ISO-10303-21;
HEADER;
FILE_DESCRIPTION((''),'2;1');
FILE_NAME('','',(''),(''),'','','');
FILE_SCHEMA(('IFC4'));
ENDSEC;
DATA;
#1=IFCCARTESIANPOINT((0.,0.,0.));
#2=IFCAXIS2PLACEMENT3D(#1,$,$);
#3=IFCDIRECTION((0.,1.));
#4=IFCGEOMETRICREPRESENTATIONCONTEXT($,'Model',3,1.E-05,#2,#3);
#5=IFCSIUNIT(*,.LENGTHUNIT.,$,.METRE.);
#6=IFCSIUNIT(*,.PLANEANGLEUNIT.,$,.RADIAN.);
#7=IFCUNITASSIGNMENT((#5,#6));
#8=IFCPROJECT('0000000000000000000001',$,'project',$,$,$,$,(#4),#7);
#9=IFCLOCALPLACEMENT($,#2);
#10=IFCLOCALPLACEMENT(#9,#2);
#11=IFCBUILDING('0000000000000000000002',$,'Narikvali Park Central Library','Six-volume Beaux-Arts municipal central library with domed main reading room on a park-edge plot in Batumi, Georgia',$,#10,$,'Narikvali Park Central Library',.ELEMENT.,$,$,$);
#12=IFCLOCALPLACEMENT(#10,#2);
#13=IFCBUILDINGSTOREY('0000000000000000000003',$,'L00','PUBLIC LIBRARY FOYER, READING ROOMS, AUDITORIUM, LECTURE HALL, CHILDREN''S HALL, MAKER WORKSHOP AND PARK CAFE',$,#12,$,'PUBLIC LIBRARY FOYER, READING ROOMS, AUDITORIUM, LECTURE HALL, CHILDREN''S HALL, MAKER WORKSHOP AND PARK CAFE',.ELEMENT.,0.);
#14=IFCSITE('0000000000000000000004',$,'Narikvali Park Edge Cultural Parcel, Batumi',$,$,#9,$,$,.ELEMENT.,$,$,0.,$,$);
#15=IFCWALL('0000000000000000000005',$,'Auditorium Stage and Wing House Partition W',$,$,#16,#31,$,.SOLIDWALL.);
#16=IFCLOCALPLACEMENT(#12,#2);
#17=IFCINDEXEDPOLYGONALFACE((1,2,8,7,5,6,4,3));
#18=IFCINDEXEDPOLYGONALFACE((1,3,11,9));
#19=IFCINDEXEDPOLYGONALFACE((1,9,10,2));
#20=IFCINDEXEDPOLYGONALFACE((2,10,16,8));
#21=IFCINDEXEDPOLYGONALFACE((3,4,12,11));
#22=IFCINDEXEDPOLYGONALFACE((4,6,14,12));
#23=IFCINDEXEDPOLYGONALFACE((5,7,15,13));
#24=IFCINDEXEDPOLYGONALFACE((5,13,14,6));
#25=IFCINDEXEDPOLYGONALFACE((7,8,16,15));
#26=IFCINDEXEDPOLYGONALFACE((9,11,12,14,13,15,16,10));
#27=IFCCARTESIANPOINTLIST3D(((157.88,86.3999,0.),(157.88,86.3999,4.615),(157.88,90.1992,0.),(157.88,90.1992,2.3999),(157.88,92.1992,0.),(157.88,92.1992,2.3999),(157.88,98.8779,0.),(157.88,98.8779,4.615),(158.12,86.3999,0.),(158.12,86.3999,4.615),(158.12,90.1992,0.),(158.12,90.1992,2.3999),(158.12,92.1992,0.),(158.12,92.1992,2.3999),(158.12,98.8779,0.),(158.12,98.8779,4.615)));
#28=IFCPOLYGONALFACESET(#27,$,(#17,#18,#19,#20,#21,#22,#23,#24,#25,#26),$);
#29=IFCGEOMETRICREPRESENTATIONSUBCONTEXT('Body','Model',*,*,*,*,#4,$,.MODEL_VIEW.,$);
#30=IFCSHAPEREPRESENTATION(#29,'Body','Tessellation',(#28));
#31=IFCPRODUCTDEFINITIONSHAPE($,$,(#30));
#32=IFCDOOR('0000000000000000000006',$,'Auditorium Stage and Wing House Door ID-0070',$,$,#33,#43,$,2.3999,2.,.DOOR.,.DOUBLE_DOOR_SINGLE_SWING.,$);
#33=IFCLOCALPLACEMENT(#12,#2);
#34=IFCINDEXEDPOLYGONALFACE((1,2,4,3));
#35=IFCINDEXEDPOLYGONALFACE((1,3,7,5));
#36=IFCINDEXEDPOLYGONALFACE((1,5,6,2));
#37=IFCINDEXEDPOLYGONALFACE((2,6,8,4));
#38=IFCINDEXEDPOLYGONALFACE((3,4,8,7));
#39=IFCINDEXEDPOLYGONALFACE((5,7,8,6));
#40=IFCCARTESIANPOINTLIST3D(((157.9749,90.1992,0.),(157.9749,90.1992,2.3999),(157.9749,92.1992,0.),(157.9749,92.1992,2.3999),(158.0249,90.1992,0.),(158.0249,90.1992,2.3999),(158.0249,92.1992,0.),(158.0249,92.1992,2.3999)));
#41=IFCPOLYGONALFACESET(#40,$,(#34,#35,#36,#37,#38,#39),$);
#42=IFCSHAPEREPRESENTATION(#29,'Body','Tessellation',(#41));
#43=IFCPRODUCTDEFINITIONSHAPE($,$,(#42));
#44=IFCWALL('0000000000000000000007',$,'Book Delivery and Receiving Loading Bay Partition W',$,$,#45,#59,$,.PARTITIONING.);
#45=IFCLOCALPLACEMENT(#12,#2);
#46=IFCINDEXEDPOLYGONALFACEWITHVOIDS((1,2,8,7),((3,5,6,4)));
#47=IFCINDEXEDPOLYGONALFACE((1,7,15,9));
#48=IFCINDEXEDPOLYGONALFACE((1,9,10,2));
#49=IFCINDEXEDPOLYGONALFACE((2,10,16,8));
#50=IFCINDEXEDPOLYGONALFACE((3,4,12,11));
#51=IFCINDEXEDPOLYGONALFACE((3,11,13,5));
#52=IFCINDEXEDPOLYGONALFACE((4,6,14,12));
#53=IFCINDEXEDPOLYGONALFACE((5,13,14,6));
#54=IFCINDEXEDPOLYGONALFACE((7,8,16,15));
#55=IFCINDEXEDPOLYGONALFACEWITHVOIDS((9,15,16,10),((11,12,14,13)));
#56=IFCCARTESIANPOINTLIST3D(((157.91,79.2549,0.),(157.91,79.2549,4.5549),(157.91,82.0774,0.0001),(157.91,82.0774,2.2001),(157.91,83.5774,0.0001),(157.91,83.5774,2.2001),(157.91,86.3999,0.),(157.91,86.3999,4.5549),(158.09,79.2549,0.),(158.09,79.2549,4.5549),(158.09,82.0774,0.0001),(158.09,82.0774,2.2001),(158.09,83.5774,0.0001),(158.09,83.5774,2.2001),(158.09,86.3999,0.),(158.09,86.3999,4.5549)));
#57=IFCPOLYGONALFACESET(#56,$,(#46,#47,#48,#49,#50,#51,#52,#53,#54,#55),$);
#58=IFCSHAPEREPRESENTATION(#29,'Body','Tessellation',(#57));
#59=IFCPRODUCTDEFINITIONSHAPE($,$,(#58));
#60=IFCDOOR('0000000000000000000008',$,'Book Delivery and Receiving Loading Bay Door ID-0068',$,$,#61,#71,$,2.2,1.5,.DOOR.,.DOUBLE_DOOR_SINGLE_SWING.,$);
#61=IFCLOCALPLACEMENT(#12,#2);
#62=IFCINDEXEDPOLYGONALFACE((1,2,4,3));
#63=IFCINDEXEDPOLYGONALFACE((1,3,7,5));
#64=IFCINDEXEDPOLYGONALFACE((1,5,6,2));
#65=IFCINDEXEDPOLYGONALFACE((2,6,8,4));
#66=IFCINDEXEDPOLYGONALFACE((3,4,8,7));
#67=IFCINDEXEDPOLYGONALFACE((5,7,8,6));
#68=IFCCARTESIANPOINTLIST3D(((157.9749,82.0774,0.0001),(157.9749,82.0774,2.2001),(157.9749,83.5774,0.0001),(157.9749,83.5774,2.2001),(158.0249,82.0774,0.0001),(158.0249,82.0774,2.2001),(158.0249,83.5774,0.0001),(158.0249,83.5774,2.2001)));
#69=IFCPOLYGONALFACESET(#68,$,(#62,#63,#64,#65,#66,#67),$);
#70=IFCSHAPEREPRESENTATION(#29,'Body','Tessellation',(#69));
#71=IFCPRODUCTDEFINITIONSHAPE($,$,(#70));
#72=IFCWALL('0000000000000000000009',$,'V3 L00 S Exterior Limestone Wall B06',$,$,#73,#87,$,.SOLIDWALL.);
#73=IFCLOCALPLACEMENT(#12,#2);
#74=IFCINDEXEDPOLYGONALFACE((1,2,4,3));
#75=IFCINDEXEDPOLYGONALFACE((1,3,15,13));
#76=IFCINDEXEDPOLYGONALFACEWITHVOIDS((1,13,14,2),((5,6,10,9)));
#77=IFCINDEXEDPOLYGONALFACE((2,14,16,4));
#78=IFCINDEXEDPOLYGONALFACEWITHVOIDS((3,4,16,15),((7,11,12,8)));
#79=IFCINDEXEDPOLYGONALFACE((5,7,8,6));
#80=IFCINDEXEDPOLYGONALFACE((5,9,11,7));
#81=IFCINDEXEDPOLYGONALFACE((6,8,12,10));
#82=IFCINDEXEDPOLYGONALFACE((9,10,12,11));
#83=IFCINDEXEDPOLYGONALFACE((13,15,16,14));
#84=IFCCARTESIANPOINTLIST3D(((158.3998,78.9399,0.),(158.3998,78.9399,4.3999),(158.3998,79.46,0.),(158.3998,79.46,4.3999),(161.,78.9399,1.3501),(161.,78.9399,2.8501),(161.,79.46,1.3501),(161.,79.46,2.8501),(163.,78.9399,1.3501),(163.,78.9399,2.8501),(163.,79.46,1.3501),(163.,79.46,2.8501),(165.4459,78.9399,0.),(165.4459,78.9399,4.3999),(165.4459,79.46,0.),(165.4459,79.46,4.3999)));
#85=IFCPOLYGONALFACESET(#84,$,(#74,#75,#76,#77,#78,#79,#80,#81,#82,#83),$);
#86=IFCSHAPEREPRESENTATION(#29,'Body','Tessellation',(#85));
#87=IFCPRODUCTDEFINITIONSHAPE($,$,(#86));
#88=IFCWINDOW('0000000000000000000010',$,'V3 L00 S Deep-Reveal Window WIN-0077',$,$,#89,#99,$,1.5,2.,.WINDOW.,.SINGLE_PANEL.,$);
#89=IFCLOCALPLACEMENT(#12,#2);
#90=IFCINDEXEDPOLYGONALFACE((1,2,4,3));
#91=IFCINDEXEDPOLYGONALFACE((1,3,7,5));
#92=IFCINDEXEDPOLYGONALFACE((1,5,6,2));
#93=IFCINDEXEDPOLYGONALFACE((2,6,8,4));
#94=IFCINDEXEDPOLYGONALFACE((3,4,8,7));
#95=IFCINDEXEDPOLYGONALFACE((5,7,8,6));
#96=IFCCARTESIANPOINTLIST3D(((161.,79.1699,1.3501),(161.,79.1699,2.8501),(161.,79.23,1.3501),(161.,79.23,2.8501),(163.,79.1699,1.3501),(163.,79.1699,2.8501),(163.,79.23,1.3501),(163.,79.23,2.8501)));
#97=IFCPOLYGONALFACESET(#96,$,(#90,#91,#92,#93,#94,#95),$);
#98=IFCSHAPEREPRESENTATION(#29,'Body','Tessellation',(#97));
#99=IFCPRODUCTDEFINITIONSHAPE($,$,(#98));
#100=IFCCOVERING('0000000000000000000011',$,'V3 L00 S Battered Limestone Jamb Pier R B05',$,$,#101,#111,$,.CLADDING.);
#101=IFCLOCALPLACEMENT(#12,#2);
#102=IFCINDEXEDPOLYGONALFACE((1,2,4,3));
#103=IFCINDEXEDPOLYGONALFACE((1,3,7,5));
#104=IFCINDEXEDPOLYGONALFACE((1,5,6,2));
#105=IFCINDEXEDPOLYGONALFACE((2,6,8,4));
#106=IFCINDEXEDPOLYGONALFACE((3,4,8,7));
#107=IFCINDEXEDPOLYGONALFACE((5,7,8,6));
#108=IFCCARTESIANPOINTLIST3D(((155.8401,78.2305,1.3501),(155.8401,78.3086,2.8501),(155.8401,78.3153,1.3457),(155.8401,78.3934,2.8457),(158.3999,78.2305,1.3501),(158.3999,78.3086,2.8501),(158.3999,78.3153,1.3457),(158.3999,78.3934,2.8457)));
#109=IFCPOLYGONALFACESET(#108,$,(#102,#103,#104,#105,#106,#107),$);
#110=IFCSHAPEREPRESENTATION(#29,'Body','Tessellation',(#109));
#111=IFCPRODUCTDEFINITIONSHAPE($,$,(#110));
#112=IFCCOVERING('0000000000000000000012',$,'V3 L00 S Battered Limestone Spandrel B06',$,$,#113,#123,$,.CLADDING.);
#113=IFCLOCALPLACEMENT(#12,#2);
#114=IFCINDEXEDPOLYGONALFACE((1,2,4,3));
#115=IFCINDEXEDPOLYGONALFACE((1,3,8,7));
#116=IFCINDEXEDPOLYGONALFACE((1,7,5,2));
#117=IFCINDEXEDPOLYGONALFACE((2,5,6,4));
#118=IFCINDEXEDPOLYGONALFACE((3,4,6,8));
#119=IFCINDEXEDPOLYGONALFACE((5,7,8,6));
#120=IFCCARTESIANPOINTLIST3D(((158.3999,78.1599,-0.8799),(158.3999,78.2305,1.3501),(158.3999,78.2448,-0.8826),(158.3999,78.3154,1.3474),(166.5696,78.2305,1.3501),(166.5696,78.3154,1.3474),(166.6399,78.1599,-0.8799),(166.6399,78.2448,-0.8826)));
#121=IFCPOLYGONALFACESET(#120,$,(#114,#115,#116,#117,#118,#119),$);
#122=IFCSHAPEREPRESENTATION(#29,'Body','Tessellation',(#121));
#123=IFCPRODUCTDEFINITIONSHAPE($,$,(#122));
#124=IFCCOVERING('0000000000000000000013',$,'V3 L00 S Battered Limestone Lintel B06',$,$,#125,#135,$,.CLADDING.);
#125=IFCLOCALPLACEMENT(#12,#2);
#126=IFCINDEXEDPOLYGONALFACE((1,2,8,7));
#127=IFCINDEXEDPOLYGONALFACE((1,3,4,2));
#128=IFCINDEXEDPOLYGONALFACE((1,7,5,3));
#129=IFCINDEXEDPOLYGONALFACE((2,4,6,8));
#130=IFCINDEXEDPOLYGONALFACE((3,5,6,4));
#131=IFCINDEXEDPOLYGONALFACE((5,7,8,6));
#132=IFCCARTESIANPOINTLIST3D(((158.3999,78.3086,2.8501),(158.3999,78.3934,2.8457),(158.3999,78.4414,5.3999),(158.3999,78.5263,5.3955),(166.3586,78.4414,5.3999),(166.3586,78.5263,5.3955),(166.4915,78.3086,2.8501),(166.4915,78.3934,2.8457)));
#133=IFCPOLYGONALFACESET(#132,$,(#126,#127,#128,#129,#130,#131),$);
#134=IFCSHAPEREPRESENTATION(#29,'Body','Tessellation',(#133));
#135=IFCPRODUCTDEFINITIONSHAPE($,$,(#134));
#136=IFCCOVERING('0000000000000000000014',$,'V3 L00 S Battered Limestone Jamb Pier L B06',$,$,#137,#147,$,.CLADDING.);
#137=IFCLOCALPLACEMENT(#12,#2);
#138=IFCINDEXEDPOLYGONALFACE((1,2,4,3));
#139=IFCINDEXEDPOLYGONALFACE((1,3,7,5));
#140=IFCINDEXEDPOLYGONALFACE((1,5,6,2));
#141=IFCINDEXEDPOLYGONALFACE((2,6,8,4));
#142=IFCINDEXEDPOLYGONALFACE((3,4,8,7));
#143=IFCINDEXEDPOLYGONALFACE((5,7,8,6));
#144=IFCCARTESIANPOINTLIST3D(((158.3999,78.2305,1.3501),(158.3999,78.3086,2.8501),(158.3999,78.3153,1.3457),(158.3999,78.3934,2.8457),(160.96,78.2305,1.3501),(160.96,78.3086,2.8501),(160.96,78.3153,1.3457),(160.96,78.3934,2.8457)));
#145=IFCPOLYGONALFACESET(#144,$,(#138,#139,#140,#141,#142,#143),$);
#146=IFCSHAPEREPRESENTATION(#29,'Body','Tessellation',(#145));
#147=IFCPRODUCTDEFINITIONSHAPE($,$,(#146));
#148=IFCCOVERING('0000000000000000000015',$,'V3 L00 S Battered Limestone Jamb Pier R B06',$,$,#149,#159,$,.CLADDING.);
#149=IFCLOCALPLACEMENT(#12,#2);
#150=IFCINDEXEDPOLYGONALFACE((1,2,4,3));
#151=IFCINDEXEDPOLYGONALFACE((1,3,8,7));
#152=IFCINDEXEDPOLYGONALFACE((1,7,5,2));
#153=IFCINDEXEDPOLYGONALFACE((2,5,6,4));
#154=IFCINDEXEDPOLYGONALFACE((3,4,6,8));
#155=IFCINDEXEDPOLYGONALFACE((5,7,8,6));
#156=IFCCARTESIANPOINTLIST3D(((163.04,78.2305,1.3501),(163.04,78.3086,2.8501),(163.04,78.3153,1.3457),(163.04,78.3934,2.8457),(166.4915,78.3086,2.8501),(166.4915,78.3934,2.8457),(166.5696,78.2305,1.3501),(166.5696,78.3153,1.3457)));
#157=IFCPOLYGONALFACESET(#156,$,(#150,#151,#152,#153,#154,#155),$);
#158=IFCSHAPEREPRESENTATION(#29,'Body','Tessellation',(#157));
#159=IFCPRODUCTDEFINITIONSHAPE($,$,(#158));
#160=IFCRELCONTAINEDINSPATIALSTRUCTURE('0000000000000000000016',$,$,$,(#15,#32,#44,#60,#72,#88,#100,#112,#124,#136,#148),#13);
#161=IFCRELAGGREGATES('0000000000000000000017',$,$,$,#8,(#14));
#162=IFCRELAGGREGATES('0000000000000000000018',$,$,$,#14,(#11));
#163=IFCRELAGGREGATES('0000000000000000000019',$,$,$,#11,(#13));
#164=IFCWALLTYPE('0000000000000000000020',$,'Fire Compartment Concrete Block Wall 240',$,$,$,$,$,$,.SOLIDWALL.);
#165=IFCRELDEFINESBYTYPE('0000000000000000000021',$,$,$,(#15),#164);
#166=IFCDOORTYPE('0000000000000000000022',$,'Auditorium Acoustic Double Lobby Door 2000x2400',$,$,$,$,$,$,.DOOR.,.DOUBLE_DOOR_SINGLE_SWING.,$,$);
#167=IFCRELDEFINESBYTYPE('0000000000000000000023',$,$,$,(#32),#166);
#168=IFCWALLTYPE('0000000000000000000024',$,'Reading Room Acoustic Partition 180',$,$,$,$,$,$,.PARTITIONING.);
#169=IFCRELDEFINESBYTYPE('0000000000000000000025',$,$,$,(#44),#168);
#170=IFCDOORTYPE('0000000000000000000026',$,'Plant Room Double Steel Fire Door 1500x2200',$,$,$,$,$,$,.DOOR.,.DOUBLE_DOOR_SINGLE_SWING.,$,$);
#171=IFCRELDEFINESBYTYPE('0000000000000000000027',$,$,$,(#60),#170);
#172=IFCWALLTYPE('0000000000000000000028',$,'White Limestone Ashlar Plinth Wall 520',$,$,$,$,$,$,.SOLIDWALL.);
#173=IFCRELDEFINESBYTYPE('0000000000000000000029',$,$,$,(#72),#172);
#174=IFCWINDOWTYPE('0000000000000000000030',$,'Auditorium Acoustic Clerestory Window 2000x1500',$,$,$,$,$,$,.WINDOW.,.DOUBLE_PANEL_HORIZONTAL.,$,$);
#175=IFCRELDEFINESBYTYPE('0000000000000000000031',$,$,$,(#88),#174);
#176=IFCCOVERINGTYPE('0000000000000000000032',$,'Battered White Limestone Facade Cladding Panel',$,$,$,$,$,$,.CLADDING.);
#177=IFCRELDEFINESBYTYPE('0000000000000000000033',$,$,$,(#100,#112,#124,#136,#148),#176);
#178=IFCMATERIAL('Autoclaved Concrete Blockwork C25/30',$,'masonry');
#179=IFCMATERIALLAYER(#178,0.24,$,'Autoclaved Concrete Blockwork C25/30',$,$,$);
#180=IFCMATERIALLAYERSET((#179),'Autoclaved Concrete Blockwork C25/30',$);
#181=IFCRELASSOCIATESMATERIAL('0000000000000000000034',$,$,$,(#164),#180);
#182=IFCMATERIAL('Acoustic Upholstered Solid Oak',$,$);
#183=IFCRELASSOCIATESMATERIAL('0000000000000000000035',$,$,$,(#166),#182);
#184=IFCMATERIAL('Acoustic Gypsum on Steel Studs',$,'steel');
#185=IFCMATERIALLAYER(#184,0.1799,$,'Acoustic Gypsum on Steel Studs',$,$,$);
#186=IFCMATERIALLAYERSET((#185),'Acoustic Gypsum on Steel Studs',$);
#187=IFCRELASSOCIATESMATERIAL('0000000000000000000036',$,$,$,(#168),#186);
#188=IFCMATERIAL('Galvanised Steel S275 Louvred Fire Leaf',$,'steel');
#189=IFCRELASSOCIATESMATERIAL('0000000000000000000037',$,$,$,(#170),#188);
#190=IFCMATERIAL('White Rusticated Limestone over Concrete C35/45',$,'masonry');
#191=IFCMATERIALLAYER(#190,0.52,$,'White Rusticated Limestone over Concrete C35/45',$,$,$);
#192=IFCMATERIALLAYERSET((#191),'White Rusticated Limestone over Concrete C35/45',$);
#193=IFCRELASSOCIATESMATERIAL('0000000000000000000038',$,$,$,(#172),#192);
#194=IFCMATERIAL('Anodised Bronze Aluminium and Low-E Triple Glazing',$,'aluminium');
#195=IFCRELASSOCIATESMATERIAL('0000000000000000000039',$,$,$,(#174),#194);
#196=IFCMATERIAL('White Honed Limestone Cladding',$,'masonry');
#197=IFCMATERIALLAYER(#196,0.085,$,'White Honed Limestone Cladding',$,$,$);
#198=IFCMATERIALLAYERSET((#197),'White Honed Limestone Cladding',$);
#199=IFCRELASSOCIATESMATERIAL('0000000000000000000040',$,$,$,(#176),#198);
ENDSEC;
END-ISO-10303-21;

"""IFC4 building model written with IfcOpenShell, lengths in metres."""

from ifc_helpers import new_model, si_unit, direction, frame, frame_2d, origin, place, context, subcontext, project, spatial, polyline, rectangle, outline, extrude, material, layer, layer_set, type_object, element, fill, save


model = new_model("IFC4")

# Units and contexts
model_context = context("Model", 3, precision=1e-05, world=origin(), true_north=direction((0.0, 1.0)))
body_context = subcontext(model_context, "Body", "Model", "MODEL_VIEW")
ifc_project = project(units=[si_unit("LENGTHUNIT", "METRE"), si_unit("PLANEANGLEUNIT", "RADIAN")], contexts=[model_context])

# Site, building, storey
site_placement = place(None, origin())
site = spatial("IfcSite", under=ifc_project, at=site_placement, Name="Narikvali Park Edge Cultural Parcel, Batumi", CompositionType="ELEMENT", RefElevation=0.0)
building_placement = place(site_placement, origin())
building = spatial("IfcBuilding", under=site, at=building_placement, Name="Narikvali Park Central Library", Description="Six-volume Beaux-Arts municipal central library with domed main reading room on a park-edge plot in Batumi, Georgia", LongName="Narikvali Park Central Library", CompositionType="ELEMENT")
storey_placement = place(building_placement, origin())
storey = spatial("IfcBuildingStorey", under=building, at=storey_placement, Name="L00", Description="PUBLIC LIBRARY FOYER, READING ROOMS, AUDITORIUM, LECTURE HALL, CHILDREN'S HALL, MAKER WORKSHOP AND PARK CAFE", LongName="PUBLIC LIBRARY FOYER, READING ROOMS, AUDITORIUM, LECTURE HALL, CHILDREN'S HALL, MAKER WORKSHOP AND PARK CAFE", CompositionType="ELEMENT", Elevation=0.0)

# Walls, openings, doors
ifc_material_1 = material(Name="Autoclaved Concrete Blockwork C25/30", Category="masonry")
ifc_layer_1 = layer(ifc_material_1, 0.24, Name="Autoclaved Concrete Blockwork C25/30")
ifc_layer_set_1 = layer_set([ifc_layer_1], Name="Autoclaved Concrete Blockwork C25/30")
wall_type_1 = type_object("IfcWallType", Name="Fire Compartment Concrete Block Wall 240", PredefinedType="SOLIDWALL", material=ifc_layer_set_1)
wall_1_placement = place(storey_placement, frame((158.0, 86.3999, 0.0), z_axis=(0.0, 0.0, 1.0), x_axis=(0.0, 1.0, 0.0)))
wall_1 = element("IfcWall", 1, at=wall_1_placement, inside=storey, type_object=wall_type_1, Name="Auditorium Stage and Wing House Partition W", PredefinedType="SOLIDWALL", context=body_context, shape_type="SweptSolid", body=[
    extrude(rectangle(XDim=12.478, YDim=0.24, at=frame_2d((6.239, 0.0))), origin(), (0.0, 0.0, 1.0), 4.615),
])
opening_1_placement = place(wall_1_placement, frame((3.7993, 0.0, 0.0)))
opening_1 = element("IfcOpeningElement", 2, at=opening_1_placement, cuts=wall_1, PredefinedType="OPENING", context=body_context, shape_type="SweptSolid", body=[
    extrude(rectangle(XDim=2.0, YDim=2.3999, at=frame_2d((1.0, 1.2))), frame((0.0, 0.1318, 0.0), z_axis=(0.0, -1.0, 0.0), x_axis=(1.0, 0.0, 0.0)), (0.0, 0.0, 1.0), 0.2639),
])
ifc_material_2 = material(Name="Acoustic Upholstered Solid Oak")
door_type_1 = type_object("IfcDoorType", Name="Auditorium Acoustic Double Lobby Door 2000x2400", OperationType="DOUBLE_DOOR_SINGLE_SWING", PredefinedType="DOOR", material=ifc_material_2)
door_1_placement = place(opening_1_placement, frame((2.0, 0.0, 0.0), z_axis=(0.0, 0.0, 1.0), x_axis=(-1.0, 0.0, 0.0)))
door_1 = element("IfcDoor", 3, at=door_1_placement, inside=storey, type_object=door_type_1, Name="Auditorium Stage and Wing House Door ID-0070", OperationType="DOUBLE_DOOR_SINGLE_SWING", OverallHeight=2.3999, OverallWidth=2.0, PredefinedType="DOOR", context=body_context, shape_type="SweptSolid", body=[
    extrude(rectangle(XDim=2.0, YDim=2.3999, at=frame_2d((1.0, 1.2))), frame((0.0, 0.0249, 0.0), z_axis=(0.0, -1.0, 0.0), x_axis=(1.0, 0.0, 0.0)), (0.0, 0.0, 1.0), 0.05),
])
fill(opening_1, door_1)
ifc_material_3 = material(Name="Acoustic Gypsum on Steel Studs", Category="steel")
ifc_layer_2 = layer(ifc_material_3, 0.1799, Name="Acoustic Gypsum on Steel Studs")
ifc_layer_set_2 = layer_set([ifc_layer_2], Name="Acoustic Gypsum on Steel Studs")
wall_type_2 = type_object("IfcWallType", Name="Reading Room Acoustic Partition 180", PredefinedType="PARTITIONING", material=ifc_layer_set_2)
wall_2_placement = place(storey_placement, frame((158.0, 79.2549, 0.0), z_axis=(0.0, 0.0, 1.0), x_axis=(0.0, 1.0, 0.0)))
wall_2 = element("IfcWall", 4, at=wall_2_placement, inside=storey, type_object=wall_type_2, Name="Book Delivery and Receiving Loading Bay Partition W", PredefinedType="PARTITIONING", context=body_context, shape_type="SweptSolid", body=[
    extrude(rectangle(XDim=7.145, YDim=0.1799, at=frame_2d((3.5725, 0.0))), origin(), (0.0, 0.0, 1.0), 4.5549),
])
opening_2_placement = place(wall_2_placement, frame((2.8225, 0.0, 0.0)))
opening_2 = element("IfcOpeningElement", 5, at=opening_2_placement, cuts=wall_2, PredefinedType="OPENING", context=body_context, shape_type="SweptSolid", body=[
    extrude(rectangle(XDim=1.5, YDim=2.2, at=frame_2d((0.75, 1.1001))), frame((0.0, 0.1021, 0.0), z_axis=(0.0, -1.0, 0.0), x_axis=(1.0, 0.0, 0.0)), (0.0, 0.0, 1.0), 0.2039),
])
ifc_material_4 = material(Name="Galvanised Steel S275 Louvred Fire Leaf", Category="steel")
door_type_2 = type_object("IfcDoorType", Name="Plant Room Double Steel Fire Door 1500x2200", OperationType="DOUBLE_DOOR_SINGLE_SWING", PredefinedType="DOOR", material=ifc_material_4)
door_2_placement = place(opening_2_placement, frame((1.5, 0.0, 0.0), z_axis=(0.0, 0.0, 1.0), x_axis=(-1.0, 0.0, 0.0)))
door_2 = element("IfcDoor", 6, at=door_2_placement, inside=storey, type_object=door_type_2, Name="Book Delivery and Receiving Loading Bay Door ID-0068", OperationType="DOUBLE_DOOR_SINGLE_SWING", OverallHeight=2.2, OverallWidth=1.5, PredefinedType="DOOR", context=body_context, shape_type="SweptSolid", body=[
    extrude(rectangle(XDim=1.5, YDim=2.2, at=frame_2d((0.75, 1.1001))), frame((0.0, 0.0249, 0.0), z_axis=(0.0, -1.0, 0.0), x_axis=(1.0, 0.0, 0.0)), (0.0, 0.0, 1.0), 0.05),
])
fill(opening_2, door_2)

# Wall, opening, window
ifc_material_5 = material(Name="White Rusticated Limestone over Concrete C35/45", Category="masonry")
ifc_layer_3 = layer(ifc_material_5, 0.52, Name="White Rusticated Limestone over Concrete C35/45")
ifc_layer_set_3 = layer_set([ifc_layer_3], Name="White Rusticated Limestone over Concrete C35/45")
wall_type_3 = type_object("IfcWallType", Name="White Limestone Ashlar Plinth Wall 520", PredefinedType="SOLIDWALL", material=ifc_layer_set_3)
wall_3_placement = place(storey_placement, frame((158.3999, 79.2, 0.0), z_axis=(0.0, 0.0, 1.0), x_axis=(1.0, 0.0, 0.0)))
wall_3 = element("IfcWall", 7, at=wall_3_placement, inside=storey, type_object=wall_type_3, Name="V3 L00 S Exterior Limestone Wall B06", PredefinedType="SOLIDWALL", context=body_context, shape_type="SweptSolid", body=[
    extrude(rectangle(XDim=7.0461, YDim=0.52, at=frame_2d((3.5229, 0.0))), origin(), (0.0, 0.0, 1.0), 4.3999),
])
opening_3_placement = place(wall_3_placement, frame((2.6001, 0.0, 1.3501)))
opening_3 = element("IfcOpeningElement", 8, at=opening_3_placement, cuts=wall_3, PredefinedType="OPENING", context=body_context, shape_type="SweptSolid", body=[
    extrude(rectangle(XDim=2.0, YDim=1.5, at=frame_2d((1.0, 0.75))), frame((0.0, 0.272, 0.0), z_axis=(0.0, -1.0, 0.0), x_axis=(1.0, 0.0, 0.0)), (0.0, 0.0, 1.0), 0.5439),
])
ifc_material_6 = material(Name="Anodised Bronze Aluminium and Low-E Triple Glazing", Category="aluminium")
window_type = type_object("IfcWindowType", Name="Auditorium Acoustic Clerestory Window 2000x1500", PartitioningType="DOUBLE_PANEL_HORIZONTAL", PredefinedType="WINDOW", material=ifc_material_6)
window_placement = place(opening_3_placement, origin())
window = element("IfcWindow", 9, at=window_placement, inside=storey, type_object=window_type, Name="V3 L00 S Deep-Reveal Window WIN-0077", OverallHeight=1.5, OverallWidth=2.0, PartitioningType="SINGLE_PANEL", PredefinedType="WINDOW", context=body_context, shape_type="SweptSolid", body=[
    extrude(rectangle(XDim=2.0, YDim=1.5, at=frame_2d((1.0, 0.75))), frame((0.0, 0.03, 0.0), z_axis=(0.0, -1.0, 0.0), x_axis=(1.0, 0.0, 0.0)), (0.0, 0.0, 1.0), 0.0601),
])
fill(opening_3, window)

# Coverings
ifc_material_7 = material(Name="White Honed Limestone Cladding", Category="masonry")
ifc_layer_4 = layer(ifc_material_7, 0.085, Name="White Honed Limestone Cladding")
ifc_layer_set_4 = layer_set([ifc_layer_4], Name="White Honed Limestone Cladding")
covering_type = type_object("IfcCoveringType", Name="Battered White Limestone Facade Cladding Panel", PredefinedType="CLADDING", material=ifc_layer_set_4)
covering_1_placement = place(storey_placement, frame((155.8401, 78.2305, 1.3501), z_axis=(0.0, -0.998646, 0.052013), x_axis=(1.0, 0.0, 0.0)))
element("IfcCovering", 10, at=covering_1_placement, inside=storey, type_object=covering_type, Name="V3 L00 S Battered Limestone Jamb Pier R B05", PredefinedType="CLADDING", context=body_context, shape_type="SweptSolid", body=[
    extrude(outline(polyline([(0.0, 0.0), (2.5598, 0.0), (2.5598, 1.502), (0.0, 1.502), (0.0, 0.0)])), origin(), (0.0, 0.0, -1.0), 0.085),
])
covering_2_placement = place(storey_placement, frame((158.3999, 78.1599, -0.8799), z_axis=(0.0, -0.9995, 0.031624), x_axis=(1.0, 0.0, 0.0)))
element("IfcCovering", 11, at=covering_2_placement, inside=storey, type_object=covering_type, Name="V3 L00 S Battered Limestone Spandrel B06", PredefinedType="CLADDING", context=body_context, shape_type="SweptSolid", body=[
    extrude(outline(polyline([(0.0, 0.0), (8.24, 0.0), (8.1697, 2.2311), (0.0, 2.2311), (0.0, 0.0)])), origin(), (0.0, 0.0, -1.0), 0.085),
])
covering_3_placement = place(storey_placement, frame((158.3999, 78.3086, 2.8501), z_axis=(0.0, -0.998646, 0.052017), x_axis=(1.0, 0.0, 0.0)))
element("IfcCovering", 12, at=covering_3_placement, inside=storey, type_object=covering_type, Name="V3 L00 S Battered Limestone Lintel B06", PredefinedType="CLADDING", context=body_context, shape_type="SweptSolid", body=[
    extrude(outline(polyline([(0.0, 0.0), (8.0916, 0.0), (7.9587, 2.5533), (0.0, 2.5533), (0.0, 0.0)])), origin(), (0.0, 0.0, -1.0), 0.085),
])
covering_4_placement = place(storey_placement, frame((158.3999, 78.2305, 1.3501), z_axis=(0.0, -0.998646, 0.052013), x_axis=(1.0, 0.0, 0.0)))
element("IfcCovering", 13, at=covering_4_placement, inside=storey, type_object=covering_type, Name="V3 L00 S Battered Limestone Jamb Pier L B06", PredefinedType="CLADDING", context=body_context, shape_type="SweptSolid", body=[
    extrude(outline(polyline([(0.0, 0.0), (2.5601, 0.0), (2.5601, 1.502), (0.0, 1.502), (0.0, 0.0)])), origin(), (0.0, 0.0, -1.0), 0.085),
])
covering_5_placement = place(storey_placement, frame((163.04, 78.2305, 1.3501), z_axis=(0.0, -0.998646, 0.052013), x_axis=(1.0, 0.0, 0.0)))
element("IfcCovering", 14, at=covering_5_placement, inside=storey, type_object=covering_type, Name="V3 L00 S Battered Limestone Jamb Pier R B06", PredefinedType="CLADDING", context=body_context, shape_type="SweptSolid", body=[
    extrude(outline(polyline([(0.0, 0.0), (3.5295, 0.0), (3.4514, 1.502), (0.0, 1.502), (0.0, 0.0)])), origin(), (0.0, 0.0, -1.0), 0.085),
])

save(model, "model.ifc")
